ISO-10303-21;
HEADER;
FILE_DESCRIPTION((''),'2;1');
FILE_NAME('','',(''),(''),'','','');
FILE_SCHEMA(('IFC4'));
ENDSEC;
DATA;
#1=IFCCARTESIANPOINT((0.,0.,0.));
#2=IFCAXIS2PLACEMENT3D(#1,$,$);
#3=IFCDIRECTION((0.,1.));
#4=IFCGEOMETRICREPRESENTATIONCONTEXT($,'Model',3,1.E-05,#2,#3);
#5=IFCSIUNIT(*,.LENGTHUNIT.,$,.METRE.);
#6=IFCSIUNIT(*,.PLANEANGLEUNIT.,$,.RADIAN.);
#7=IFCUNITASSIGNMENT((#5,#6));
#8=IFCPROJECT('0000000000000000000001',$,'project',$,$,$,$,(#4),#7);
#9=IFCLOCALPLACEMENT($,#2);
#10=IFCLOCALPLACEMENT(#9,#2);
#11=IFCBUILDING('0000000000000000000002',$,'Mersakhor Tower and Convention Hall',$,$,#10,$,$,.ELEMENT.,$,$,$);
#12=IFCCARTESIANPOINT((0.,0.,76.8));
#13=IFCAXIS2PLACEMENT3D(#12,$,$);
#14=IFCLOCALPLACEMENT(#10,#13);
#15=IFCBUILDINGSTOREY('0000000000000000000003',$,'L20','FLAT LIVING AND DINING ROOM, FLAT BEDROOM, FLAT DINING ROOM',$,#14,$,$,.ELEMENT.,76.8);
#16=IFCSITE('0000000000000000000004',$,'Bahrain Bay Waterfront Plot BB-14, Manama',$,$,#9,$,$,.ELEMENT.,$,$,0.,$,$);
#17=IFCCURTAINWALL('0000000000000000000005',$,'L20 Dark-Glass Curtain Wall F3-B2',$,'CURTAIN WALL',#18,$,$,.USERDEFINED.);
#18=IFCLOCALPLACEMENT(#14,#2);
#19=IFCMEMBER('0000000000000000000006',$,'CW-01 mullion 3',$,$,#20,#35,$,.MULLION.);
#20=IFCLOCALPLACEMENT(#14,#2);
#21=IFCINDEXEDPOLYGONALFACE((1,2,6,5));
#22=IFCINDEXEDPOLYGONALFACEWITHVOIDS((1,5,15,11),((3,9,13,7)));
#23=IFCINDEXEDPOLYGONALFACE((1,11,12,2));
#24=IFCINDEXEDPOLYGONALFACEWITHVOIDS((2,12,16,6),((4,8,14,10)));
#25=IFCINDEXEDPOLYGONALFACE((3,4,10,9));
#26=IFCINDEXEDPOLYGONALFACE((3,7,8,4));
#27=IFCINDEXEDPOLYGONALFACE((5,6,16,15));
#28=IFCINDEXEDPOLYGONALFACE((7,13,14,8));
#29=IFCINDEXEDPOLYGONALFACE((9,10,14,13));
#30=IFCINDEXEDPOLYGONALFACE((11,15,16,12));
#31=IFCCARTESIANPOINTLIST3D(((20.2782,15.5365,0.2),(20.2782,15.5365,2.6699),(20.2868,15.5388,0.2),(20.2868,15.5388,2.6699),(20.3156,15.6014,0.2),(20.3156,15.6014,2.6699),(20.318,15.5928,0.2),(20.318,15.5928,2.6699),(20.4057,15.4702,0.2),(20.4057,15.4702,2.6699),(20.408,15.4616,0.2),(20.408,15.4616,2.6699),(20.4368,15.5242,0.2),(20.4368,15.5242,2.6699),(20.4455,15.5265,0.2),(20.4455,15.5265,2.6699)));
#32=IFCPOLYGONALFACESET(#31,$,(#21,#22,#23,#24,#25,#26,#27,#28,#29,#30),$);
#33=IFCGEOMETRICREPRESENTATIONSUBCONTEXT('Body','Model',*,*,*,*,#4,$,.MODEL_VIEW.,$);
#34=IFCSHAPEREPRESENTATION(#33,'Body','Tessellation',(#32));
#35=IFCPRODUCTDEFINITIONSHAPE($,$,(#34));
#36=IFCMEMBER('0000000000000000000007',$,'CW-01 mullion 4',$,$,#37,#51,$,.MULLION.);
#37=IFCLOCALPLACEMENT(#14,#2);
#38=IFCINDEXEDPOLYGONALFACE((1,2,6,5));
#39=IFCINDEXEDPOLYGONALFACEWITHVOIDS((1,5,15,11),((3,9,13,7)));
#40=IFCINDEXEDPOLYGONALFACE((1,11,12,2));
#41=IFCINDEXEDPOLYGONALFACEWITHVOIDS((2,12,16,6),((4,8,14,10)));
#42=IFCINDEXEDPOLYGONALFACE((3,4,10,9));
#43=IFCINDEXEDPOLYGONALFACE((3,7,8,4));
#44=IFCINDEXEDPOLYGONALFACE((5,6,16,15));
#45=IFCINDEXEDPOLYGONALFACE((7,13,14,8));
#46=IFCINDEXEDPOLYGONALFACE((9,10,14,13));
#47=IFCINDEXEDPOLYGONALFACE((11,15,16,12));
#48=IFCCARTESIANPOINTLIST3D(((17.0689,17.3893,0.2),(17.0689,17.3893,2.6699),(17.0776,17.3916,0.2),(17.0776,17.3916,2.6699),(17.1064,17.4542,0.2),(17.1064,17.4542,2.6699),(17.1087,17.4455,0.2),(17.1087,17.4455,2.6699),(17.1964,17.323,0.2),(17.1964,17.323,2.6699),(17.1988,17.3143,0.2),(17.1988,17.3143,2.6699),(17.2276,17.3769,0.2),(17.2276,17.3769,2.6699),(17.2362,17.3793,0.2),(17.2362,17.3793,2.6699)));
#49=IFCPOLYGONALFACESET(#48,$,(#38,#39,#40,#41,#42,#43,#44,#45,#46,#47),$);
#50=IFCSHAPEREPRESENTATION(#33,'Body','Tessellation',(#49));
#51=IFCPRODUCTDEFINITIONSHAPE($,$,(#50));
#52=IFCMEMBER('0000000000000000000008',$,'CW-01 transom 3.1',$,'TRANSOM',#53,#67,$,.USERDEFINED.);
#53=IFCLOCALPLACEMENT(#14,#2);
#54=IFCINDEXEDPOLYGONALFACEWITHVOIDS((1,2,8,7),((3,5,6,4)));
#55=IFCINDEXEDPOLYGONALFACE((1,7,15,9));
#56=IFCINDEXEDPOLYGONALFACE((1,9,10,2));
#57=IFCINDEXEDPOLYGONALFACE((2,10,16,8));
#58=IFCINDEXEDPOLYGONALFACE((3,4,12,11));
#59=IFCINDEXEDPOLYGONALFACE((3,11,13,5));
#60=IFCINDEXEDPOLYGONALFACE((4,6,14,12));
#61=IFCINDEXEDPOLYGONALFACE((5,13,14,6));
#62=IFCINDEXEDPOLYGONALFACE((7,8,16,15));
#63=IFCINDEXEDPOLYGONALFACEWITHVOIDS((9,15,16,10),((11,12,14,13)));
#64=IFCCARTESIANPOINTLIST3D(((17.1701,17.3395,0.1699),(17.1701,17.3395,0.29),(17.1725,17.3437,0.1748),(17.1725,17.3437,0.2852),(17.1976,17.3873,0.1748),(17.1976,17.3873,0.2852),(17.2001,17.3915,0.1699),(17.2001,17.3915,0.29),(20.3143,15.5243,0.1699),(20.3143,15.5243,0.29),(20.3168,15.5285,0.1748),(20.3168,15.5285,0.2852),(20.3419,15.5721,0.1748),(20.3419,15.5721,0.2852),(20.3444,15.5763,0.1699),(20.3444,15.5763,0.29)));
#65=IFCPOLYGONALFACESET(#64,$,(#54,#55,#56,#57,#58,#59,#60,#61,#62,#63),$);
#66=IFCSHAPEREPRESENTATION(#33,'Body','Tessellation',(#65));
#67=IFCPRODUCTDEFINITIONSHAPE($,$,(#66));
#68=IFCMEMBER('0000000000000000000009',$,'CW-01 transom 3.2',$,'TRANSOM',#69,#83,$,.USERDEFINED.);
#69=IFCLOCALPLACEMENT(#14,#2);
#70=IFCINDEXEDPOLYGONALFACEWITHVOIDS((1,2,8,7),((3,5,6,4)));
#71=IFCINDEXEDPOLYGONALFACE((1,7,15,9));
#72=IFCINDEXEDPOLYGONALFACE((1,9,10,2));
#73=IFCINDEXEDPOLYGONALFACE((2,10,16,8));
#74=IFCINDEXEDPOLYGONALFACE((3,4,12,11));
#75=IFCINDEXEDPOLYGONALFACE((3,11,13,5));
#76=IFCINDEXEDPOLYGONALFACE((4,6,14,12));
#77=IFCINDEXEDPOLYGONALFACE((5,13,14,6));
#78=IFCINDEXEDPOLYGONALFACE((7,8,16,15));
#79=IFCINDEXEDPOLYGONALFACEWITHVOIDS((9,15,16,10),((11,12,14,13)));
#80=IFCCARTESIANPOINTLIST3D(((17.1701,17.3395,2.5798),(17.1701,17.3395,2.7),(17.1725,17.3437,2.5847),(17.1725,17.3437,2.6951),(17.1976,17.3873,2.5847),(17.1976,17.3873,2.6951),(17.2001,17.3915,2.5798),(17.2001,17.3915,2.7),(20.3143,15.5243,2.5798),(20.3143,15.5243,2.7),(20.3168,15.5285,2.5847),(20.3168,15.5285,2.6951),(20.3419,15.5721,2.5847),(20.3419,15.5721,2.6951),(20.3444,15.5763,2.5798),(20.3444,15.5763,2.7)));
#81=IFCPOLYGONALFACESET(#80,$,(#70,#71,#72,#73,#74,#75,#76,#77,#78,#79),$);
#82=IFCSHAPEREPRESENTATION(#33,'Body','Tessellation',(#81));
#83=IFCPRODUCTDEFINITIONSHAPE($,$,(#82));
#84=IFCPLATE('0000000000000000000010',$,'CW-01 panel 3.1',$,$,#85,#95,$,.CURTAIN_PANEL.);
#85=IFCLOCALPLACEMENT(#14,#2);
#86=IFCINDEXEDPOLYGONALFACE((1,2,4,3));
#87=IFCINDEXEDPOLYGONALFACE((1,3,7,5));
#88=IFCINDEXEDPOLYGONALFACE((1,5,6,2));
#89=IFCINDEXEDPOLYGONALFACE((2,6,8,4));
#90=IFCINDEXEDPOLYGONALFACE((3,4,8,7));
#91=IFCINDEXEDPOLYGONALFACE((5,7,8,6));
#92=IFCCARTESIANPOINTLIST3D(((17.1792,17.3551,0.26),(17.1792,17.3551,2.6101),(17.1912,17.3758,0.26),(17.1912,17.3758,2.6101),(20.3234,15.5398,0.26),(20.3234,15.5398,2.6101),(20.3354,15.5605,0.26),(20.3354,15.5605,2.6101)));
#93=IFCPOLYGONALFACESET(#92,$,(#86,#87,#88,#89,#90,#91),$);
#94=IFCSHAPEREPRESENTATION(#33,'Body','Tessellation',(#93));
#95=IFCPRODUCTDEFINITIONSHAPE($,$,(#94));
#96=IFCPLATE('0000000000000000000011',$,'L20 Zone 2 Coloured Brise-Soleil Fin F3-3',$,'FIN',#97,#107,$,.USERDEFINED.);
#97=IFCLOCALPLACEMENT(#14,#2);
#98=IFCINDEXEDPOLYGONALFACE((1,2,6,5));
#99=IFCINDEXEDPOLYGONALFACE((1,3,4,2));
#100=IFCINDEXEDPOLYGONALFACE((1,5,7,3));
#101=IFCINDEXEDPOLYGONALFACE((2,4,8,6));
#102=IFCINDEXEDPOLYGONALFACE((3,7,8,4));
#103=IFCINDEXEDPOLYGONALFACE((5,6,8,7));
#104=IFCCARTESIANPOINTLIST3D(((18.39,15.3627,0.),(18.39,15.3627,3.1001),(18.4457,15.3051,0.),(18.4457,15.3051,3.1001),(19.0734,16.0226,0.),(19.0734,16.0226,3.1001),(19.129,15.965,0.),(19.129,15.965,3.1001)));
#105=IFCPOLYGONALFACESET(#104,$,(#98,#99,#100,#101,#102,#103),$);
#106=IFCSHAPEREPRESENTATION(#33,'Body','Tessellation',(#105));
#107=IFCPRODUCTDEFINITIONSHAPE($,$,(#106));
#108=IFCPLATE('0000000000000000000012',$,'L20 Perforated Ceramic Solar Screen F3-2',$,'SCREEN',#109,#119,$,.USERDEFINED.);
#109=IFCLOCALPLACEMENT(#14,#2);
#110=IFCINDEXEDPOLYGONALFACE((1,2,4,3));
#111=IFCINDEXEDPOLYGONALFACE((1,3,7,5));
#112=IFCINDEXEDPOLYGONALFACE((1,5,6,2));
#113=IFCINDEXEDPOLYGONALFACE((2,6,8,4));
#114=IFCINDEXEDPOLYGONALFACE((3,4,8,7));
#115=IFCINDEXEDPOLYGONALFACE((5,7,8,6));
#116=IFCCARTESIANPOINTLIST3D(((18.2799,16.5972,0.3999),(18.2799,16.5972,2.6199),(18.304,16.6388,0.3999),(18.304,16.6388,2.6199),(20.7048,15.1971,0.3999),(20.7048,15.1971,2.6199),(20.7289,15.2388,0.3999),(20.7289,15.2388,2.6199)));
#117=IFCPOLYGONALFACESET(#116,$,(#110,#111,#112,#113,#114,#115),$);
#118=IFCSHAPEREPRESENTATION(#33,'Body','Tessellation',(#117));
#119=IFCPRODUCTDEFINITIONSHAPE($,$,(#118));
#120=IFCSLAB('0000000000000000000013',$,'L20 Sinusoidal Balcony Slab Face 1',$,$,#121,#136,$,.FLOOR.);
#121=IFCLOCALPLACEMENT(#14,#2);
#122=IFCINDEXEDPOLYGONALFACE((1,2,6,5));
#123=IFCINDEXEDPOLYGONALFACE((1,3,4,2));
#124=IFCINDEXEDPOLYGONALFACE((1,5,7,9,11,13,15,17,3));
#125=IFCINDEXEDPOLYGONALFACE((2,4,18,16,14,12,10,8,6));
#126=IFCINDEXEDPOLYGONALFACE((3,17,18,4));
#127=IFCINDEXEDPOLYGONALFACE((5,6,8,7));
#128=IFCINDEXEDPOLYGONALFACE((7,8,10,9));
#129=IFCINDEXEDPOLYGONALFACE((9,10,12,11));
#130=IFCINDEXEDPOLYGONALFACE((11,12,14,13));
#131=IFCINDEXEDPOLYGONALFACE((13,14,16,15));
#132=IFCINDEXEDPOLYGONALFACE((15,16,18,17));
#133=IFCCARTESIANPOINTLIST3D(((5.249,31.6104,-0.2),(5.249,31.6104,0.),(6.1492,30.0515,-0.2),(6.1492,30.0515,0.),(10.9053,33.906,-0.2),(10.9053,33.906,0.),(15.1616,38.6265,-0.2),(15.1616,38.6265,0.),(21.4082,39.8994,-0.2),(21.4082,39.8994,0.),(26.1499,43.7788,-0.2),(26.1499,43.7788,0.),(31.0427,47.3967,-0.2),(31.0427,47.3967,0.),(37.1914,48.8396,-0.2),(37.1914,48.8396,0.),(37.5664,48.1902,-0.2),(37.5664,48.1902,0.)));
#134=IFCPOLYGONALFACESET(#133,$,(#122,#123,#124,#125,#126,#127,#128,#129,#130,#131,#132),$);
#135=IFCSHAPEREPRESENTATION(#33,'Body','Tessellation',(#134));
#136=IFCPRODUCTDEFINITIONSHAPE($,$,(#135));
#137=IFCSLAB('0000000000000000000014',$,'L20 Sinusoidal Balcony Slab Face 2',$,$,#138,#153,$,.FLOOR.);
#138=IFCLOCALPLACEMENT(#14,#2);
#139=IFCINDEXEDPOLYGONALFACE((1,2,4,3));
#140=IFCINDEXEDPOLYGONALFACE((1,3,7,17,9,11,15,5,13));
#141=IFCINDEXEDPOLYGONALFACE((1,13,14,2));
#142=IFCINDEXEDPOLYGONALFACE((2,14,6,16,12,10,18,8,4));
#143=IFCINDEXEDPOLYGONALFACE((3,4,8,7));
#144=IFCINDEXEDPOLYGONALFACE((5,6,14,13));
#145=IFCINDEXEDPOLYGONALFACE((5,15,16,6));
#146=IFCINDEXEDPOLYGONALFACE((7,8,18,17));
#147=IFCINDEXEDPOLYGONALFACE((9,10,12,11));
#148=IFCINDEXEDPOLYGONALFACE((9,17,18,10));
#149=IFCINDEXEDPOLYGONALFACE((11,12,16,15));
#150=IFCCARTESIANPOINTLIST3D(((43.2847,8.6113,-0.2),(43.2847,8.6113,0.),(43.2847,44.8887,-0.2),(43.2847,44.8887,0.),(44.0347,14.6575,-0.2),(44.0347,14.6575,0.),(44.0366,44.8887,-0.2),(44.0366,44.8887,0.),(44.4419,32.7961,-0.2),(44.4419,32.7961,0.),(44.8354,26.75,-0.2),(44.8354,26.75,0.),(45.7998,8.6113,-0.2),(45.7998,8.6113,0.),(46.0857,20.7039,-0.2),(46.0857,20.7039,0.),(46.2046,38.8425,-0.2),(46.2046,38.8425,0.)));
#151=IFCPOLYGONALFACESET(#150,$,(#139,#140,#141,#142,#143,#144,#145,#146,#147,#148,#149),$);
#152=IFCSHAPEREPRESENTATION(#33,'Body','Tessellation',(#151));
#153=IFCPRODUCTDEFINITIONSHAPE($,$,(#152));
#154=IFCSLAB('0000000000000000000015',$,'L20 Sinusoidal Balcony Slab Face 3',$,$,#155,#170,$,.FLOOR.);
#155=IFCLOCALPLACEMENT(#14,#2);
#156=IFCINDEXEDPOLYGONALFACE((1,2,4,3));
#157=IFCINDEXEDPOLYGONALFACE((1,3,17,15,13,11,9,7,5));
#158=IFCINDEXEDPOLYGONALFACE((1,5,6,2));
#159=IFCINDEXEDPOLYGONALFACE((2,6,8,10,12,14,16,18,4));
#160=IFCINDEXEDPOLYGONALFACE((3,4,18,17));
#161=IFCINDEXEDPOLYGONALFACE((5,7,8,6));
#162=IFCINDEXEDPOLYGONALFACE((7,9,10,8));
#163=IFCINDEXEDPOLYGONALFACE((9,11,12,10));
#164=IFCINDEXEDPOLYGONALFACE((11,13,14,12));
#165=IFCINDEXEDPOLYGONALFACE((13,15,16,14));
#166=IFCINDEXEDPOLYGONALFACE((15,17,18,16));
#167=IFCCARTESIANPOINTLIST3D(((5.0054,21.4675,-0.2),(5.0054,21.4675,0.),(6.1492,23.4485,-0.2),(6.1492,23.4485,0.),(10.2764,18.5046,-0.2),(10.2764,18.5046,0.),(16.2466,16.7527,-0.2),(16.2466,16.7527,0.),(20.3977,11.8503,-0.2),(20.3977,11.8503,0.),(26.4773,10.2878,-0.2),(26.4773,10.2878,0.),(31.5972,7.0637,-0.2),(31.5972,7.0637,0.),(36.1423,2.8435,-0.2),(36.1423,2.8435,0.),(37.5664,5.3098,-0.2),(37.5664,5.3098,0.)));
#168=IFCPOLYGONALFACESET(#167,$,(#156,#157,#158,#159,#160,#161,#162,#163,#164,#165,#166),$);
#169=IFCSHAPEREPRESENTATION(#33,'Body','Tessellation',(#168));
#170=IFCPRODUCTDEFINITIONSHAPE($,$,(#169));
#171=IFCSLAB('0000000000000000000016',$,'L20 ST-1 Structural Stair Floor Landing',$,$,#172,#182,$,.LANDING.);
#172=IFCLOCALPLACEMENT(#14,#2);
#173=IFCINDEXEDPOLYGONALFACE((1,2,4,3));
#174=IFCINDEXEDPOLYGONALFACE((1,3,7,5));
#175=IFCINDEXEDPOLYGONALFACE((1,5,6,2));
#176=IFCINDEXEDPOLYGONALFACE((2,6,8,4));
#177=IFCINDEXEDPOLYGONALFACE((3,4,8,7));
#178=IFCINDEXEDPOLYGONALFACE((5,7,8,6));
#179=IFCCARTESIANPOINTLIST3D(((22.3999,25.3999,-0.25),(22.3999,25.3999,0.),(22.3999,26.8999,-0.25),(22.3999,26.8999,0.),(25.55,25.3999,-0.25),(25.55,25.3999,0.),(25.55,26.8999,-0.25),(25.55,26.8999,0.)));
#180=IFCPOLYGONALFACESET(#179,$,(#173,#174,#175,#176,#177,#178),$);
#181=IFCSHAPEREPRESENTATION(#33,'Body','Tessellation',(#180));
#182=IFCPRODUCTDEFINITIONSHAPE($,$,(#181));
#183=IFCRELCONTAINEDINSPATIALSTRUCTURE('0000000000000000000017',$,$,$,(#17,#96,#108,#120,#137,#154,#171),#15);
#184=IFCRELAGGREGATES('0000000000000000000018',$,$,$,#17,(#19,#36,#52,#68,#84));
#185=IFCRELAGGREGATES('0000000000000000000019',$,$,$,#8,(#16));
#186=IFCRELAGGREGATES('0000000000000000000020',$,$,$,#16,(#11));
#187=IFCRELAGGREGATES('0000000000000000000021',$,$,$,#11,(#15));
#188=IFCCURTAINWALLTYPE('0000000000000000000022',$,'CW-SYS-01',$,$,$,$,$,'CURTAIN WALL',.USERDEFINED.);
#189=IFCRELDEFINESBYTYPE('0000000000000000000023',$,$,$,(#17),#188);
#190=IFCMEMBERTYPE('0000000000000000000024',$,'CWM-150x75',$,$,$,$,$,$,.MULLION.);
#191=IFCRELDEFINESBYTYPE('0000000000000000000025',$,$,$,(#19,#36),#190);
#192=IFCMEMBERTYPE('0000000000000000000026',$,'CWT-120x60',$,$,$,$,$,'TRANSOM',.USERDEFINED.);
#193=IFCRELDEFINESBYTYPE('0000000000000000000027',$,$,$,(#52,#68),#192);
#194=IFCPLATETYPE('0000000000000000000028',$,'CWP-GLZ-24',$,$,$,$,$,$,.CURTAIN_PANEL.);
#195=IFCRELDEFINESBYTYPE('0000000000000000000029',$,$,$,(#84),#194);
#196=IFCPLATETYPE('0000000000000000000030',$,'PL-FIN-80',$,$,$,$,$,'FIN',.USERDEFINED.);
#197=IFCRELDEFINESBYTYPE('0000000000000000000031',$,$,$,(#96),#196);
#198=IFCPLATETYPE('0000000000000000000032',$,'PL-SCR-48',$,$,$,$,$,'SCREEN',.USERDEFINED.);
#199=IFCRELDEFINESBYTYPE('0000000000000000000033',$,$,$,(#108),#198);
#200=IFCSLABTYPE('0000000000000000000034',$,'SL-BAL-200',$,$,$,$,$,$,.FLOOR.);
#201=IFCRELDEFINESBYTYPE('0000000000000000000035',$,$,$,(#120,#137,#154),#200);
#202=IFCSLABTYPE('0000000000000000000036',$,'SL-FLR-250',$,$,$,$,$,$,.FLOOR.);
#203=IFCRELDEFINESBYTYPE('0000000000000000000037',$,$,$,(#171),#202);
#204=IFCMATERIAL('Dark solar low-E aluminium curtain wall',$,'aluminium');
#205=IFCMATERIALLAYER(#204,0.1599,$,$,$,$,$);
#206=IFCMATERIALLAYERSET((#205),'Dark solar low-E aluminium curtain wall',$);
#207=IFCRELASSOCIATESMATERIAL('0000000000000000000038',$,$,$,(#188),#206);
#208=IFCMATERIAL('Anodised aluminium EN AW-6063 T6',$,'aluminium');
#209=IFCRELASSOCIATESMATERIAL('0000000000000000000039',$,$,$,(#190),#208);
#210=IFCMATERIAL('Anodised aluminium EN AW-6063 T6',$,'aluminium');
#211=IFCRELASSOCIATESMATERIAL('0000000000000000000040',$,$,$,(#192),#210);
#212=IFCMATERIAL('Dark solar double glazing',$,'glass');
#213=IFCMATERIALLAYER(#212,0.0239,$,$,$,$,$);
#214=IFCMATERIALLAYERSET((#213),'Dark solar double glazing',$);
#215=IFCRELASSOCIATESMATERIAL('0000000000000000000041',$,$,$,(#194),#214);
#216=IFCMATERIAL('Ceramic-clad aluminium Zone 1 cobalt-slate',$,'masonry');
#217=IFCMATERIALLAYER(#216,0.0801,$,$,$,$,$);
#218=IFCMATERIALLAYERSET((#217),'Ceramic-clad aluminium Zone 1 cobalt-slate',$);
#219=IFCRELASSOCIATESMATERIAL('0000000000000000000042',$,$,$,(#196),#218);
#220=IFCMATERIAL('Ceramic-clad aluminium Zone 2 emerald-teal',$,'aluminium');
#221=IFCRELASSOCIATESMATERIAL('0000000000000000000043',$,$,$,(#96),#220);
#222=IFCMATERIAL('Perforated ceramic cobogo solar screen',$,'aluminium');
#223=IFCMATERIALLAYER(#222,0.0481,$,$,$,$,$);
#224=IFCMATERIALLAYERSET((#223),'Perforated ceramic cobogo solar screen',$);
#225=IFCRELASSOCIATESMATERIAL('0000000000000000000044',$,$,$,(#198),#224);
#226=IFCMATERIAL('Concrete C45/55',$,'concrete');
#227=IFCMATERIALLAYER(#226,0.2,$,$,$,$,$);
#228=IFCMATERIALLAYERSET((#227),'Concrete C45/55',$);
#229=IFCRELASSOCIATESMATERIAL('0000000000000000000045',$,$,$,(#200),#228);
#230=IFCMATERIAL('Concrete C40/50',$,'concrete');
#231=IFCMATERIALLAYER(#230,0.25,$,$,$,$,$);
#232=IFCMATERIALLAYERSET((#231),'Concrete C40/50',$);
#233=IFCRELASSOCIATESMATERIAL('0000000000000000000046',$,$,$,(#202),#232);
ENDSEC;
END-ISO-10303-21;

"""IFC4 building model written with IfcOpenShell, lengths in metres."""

from ifc_helpers import new_model, si_unit, direction, frame, origin, origin_2d, place, context, subcontext, project, spatial, polyline, rectangle, hollow_rectangle, outline, extrude, material, layer, layer_set, material_profile, profile_set, type_object, element, aggregate, save


model = new_model("IFC4")

# Units and contexts
model_context = context("Model", 3, precision=1e-05, world=origin(), true_north=direction((0.0, 1.0)))
body_context = subcontext(model_context, "Body", "Model", "MODEL_VIEW")
ifc_project = project(units=[si_unit("LENGTHUNIT", "METRE"), si_unit("PLANEANGLEUNIT", "RADIAN")], contexts=[model_context])

# Site, building, storey
site_placement = place(None, origin())
site = spatial("IfcSite", under=ifc_project, at=site_placement, Name="Bahrain Bay Waterfront Plot BB-14, Manama", CompositionType="ELEMENT", RefElevation=0.0)
building_placement = place(site_placement, origin())
building = spatial("IfcBuilding", under=site, at=building_placement, Name="Mersakhor Tower and Convention Hall", CompositionType="ELEMENT")
storey_placement = place(building_placement, frame((0.0, 0.0, 76.8)))
storey = spatial("IfcBuildingStorey", under=building, at=storey_placement, Name="L20", Description="FLAT LIVING AND DINING ROOM, FLAT BEDROOM, FLAT DINING ROOM", CompositionType="ELEMENT", Elevation=76.8)

# Curtain wall, members, plate
ifc_material_1 = material(Name="Dark solar low-E aluminium curtain wall", Category="aluminium")
ifc_layer_1 = layer(ifc_material_1, 0.1599)
ifc_layer_set_1 = layer_set([ifc_layer_1], Name="Dark solar low-E aluminium curtain wall")
curtain_wall_type = type_object("IfcCurtainWallType", Name="CW-SYS-01", ElementType="CURTAIN WALL", PredefinedType="USERDEFINED", material=ifc_layer_set_1)
curtain_wall_placement = place(storey_placement, origin())
curtain_wall = element("IfcCurtainWall", 1, at=curtain_wall_placement, inside=storey, type_object=curtain_wall_type, Name="L20 Dark-Glass Curtain Wall F3-B2", ObjectType="CURTAIN WALL", PredefinedType="USERDEFINED")
ifc_material_2 = material(Name="Anodised aluminium EN AW-6063 T6", Category="aluminium")
ifc_material_profile_1 = material_profile(ifc_material_2, hollow_rectangle(XDim=0.075, YDim=0.1499, WallThickness=0.0063, at=origin_2d()), Name="RHS 150x75x6.3")
ifc_profile_set_1 = profile_set([ifc_material_profile_1], Name="Anodised aluminium EN AW-6063 T6")
member_type_1 = type_object("IfcMemberType", Name="CWM-150x75", PredefinedType="MULLION", material=ifc_profile_set_1)
member_1_placement = place(storey_placement, frame((20.3618, 15.5315, 0.2), z_axis=(0.0, 0.0, 1.0), x_axis=(-0.499998, -0.866027, 0.0)))
member_1 = element("IfcMember", 2, at=member_1_placement, type_object=member_type_1, Name="CW-01 mullion 3", PredefinedType="MULLION", context=body_context, shape_type="SweptSolid", body=[
    extrude(hollow_rectangle(XDim=0.075, YDim=0.1499, WallThickness=0.0063, at=origin_2d()), origin(), (0.0, 0.0, 1.0), 2.47),
])
member_2_placement = place(storey_placement, frame((17.1526, 17.3843, 0.2), z_axis=(0.0, 0.0, 1.0), x_axis=(-0.499998, -0.866027, 0.0)))
member_2 = element("IfcMember", 3, at=member_2_placement, type_object=member_type_1, Name="CW-01 mullion 4", PredefinedType="MULLION", context=body_context, shape_type="SweptSolid", body=[
    extrude(hollow_rectangle(XDim=0.075, YDim=0.1499, WallThickness=0.0063, at=origin_2d()), origin(), (0.0, 0.0, 1.0), 2.47),
])
ifc_material_3 = material(Name="Anodised aluminium EN AW-6063 T6", Category="aluminium")
ifc_material_profile_2 = material_profile(ifc_material_3, hollow_rectangle(XDim=0.0601, YDim=0.1201, WallThickness=0.0049, at=origin_2d()), Name="RHS 120x60x5")
ifc_profile_set_2 = profile_set([ifc_material_profile_2], Name="Anodised aluminium EN AW-6063 T6")
member_type_2 = type_object("IfcMemberType", Name="CWT-120x60", ElementType="TRANSOM", PredefinedType="USERDEFINED", material=ifc_profile_set_2)
member_3_placement = place(storey_placement, frame((20.3293, 15.5503, 0.23), z_axis=(-0.866046, 0.499965, 0.0), x_axis=(-0.499965, -0.866046, 0.0)))
member_3 = element("IfcMember", 4, at=member_3_placement, type_object=member_type_2, Name="CW-01 transom 3.1", ObjectType="TRANSOM", PredefinedType="USERDEFINED", context=body_context, shape_type="SweptSolid", body=[
    extrude(hollow_rectangle(XDim=0.0601, YDim=0.1201, WallThickness=0.0049, at=origin_2d()), origin(), (0.0, 0.0, 1.0), 3.6306),
])
member_4_placement = place(storey_placement, frame((20.3293, 15.5503, 2.6399), z_axis=(-0.866046, 0.499965, 0.0), x_axis=(-0.499965, -0.866046, 0.0)))
member_4 = element("IfcMember", 5, at=member_4_placement, type_object=member_type_2, Name="CW-01 transom 3.2", ObjectType="TRANSOM", PredefinedType="USERDEFINED", context=body_context, shape_type="SweptSolid", body=[
    extrude(hollow_rectangle(XDim=0.0601, YDim=0.1201, WallThickness=0.0049, at=origin_2d()), origin(), (0.0, 0.0, 1.0), 3.6306),
])
ifc_material_4 = material(Name="Dark solar double glazing", Category="glass")
ifc_layer_2 = layer(ifc_material_4, 0.0239)
ifc_layer_set_2 = layer_set([ifc_layer_2], Name="Dark solar double glazing")
plate_type_1 = type_object("IfcPlateType", Name="CWP-GLZ-24", PredefinedType="CURTAIN_PANEL", material=ifc_layer_set_2)
plate_1_placement = place(storey_placement, frame((18.7573, 16.4578, 0.26), z_axis=(0.0, 0.0, 1.0), x_axis=(-0.866027, 0.499998, 0.0)))
plate_1 = element("IfcPlate", 6, at=plate_1_placement, type_object=plate_type_1, Name="CW-01 panel 3.1", PredefinedType="CURTAIN_PANEL", context=body_context, shape_type="SweptSolid", body=[
    extrude(rectangle(XDim=3.6306, YDim=0.0239, at=origin_2d()), origin(), (0.0, 0.0, 1.0), 2.3501),
])
aggregate(curtain_wall, [member_1, member_2, member_3, member_4, plate_1])

# Plates
ifc_material_5 = material(Name="Ceramic-clad aluminium Zone 2 emerald-teal", Category="aluminium")
ifc_material_6 = material(Name="Ceramic-clad aluminium Zone 1 cobalt-slate", Category="masonry")
ifc_layer_3 = layer(ifc_material_6, 0.0801)
ifc_layer_set_3 = layer_set([ifc_layer_3], Name="Ceramic-clad aluminium Zone 1 cobalt-slate")
plate_type_2 = type_object("IfcPlateType", Name="PL-FIN-80", ElementType="FIN", PredefinedType="USERDEFINED", material=ifc_layer_set_3)
plate_2_placement = place(storey_placement, frame((18.7595, 15.6638, 0.0), z_axis=(0.0, 0.0, 1.0), x_axis=(-0.71934, -0.694658, 0.0)))
element("IfcPlate", 7, at=plate_2_placement, inside=storey, type_object=plate_type_2, material=ifc_material_5, Name="L20 Zone 2 Coloured Brise-Soleil Fin F3-3", ObjectType="FIN", PredefinedType="USERDEFINED", context=body_context, shape_type="SweptSolid", body=[
    extrude(rectangle(XDim=0.95, YDim=0.0801, at=origin_2d()), origin(), (0.0, 0.0, 1.0), 3.1001),
])
ifc_material_7 = material(Name="Perforated ceramic cobogo solar screen", Category="aluminium")
ifc_layer_4 = layer(ifc_material_7, 0.0481)
ifc_layer_set_4 = layer_set([ifc_layer_4], Name="Perforated ceramic cobogo solar screen")
plate_type_3 = type_object("IfcPlateType", Name="PL-SCR-48", ElementType="SCREEN", PredefinedType="USERDEFINED", material=ifc_layer_set_4)
plate_3_placement = place(storey_placement, frame((19.5044, 15.918, 0.3999), z_axis=(0.0, 0.0, 1.0), x_axis=(-0.866025, 0.5, 0.0)))
element("IfcPlate", 8, at=plate_3_placement, inside=storey, type_object=plate_type_3, Name="L20 Perforated Ceramic Solar Screen F3-2", ObjectType="SCREEN", PredefinedType="USERDEFINED", context=body_context, shape_type="SweptSolid", body=[
    extrude(rectangle(XDim=2.8, YDim=0.0481, at=origin_2d()), origin(), (0.0, 0.0, 1.0), 2.22),
])

# Slabs
ifc_material_8 = material(Name="Concrete C45/55", Category="concrete")
ifc_layer_5 = layer(ifc_material_8, 0.2)
ifc_layer_set_5 = layer_set([ifc_layer_5], Name="Concrete C45/55")
slab_type_1 = type_object("IfcSlabType", Name="SL-BAL-200", PredefinedType="FLOOR", material=ifc_layer_set_5)
slab_1_placement = place(storey_placement, frame((0.0, 0.0, -0.2)))
element("IfcSlab", 9, at=slab_1_placement, inside=storey, type_object=slab_type_1, Name="L20 Sinusoidal Balcony Slab Face 1", PredefinedType="FLOOR", context=body_context, shape_type="SweptSolid", body=[
    extrude(outline(polyline([(6.1492, 30.0515), (37.5664, 48.1902), (37.1914, 48.8396), (31.0427, 47.3967), (26.1499, 43.7788), (21.4082, 39.8994), (15.1616, 38.6265), (10.9053, 33.906), (5.249, 31.6104), (6.1492, 30.0515)])), origin(), (0.0, 0.0, 1.0), 0.2),
])
slab_2_placement = place(storey_placement, frame((0.0, 0.0, -0.2)))
element("IfcSlab", 10, at=slab_2_placement, inside=storey, type_object=slab_type_1, Name="L20 Sinusoidal Balcony Slab Face 2", PredefinedType="FLOOR", context=body_context, shape_type="SweptSolid", body=[
    extrude(outline(polyline([(43.2847, 44.8887), (43.2847, 8.6113), (45.7998, 8.6113), (44.0347, 14.6575), (46.0857, 20.7039), (44.8354, 26.75), (44.4419, 32.7961), (46.2046, 38.8425), (44.0366, 44.8887), (43.2847, 44.8887)])), origin(), (0.0, 0.0, 1.0), 0.2),
])
slab_3_placement = place(storey_placement, frame((0.0, 0.0, -0.2)))
element("IfcSlab", 11, at=slab_3_placement, inside=storey, type_object=slab_type_1, Name="L20 Sinusoidal Balcony Slab Face 3", PredefinedType="FLOOR", context=body_context, shape_type="SweptSolid", body=[
    extrude(outline(polyline([(37.5664, 5.3098), (6.1492, 23.4485), (5.0054, 21.4675), (10.2764, 18.5046), (16.2466, 16.7527), (20.3977, 11.8503), (26.4773, 10.2878), (31.5972, 7.0637), (36.1423, 2.8435), (37.5664, 5.3098)])), origin(), (0.0, 0.0, 1.0), 0.2),
])
ifc_material_9 = material(Name="Concrete C40/50", Category="concrete")
ifc_layer_6 = layer(ifc_material_9, 0.25)
ifc_layer_set_6 = layer_set([ifc_layer_6], Name="Concrete C40/50")
slab_type_2 = type_object("IfcSlabType", Name="SL-FLR-250", PredefinedType="FLOOR", material=ifc_layer_set_6)
slab_4_placement = place(storey_placement, frame((0.0, 0.0, -0.25)))
element("IfcSlab", 12, at=slab_4_placement, inside=storey, type_object=slab_type_2, Name="L20 ST-1 Structural Stair Floor Landing", PredefinedType="LANDING", context=body_context, shape_type="SweptSolid", body=[
    extrude(outline(polyline([(25.55, 25.3999), (25.55, 26.8999), (22.3999, 26.8999), (22.3999, 25.3999), (25.55, 25.3999)])), origin(), (0.0, 0.0, 1.0), 0.25),
])

save(model, "model.ifc")
